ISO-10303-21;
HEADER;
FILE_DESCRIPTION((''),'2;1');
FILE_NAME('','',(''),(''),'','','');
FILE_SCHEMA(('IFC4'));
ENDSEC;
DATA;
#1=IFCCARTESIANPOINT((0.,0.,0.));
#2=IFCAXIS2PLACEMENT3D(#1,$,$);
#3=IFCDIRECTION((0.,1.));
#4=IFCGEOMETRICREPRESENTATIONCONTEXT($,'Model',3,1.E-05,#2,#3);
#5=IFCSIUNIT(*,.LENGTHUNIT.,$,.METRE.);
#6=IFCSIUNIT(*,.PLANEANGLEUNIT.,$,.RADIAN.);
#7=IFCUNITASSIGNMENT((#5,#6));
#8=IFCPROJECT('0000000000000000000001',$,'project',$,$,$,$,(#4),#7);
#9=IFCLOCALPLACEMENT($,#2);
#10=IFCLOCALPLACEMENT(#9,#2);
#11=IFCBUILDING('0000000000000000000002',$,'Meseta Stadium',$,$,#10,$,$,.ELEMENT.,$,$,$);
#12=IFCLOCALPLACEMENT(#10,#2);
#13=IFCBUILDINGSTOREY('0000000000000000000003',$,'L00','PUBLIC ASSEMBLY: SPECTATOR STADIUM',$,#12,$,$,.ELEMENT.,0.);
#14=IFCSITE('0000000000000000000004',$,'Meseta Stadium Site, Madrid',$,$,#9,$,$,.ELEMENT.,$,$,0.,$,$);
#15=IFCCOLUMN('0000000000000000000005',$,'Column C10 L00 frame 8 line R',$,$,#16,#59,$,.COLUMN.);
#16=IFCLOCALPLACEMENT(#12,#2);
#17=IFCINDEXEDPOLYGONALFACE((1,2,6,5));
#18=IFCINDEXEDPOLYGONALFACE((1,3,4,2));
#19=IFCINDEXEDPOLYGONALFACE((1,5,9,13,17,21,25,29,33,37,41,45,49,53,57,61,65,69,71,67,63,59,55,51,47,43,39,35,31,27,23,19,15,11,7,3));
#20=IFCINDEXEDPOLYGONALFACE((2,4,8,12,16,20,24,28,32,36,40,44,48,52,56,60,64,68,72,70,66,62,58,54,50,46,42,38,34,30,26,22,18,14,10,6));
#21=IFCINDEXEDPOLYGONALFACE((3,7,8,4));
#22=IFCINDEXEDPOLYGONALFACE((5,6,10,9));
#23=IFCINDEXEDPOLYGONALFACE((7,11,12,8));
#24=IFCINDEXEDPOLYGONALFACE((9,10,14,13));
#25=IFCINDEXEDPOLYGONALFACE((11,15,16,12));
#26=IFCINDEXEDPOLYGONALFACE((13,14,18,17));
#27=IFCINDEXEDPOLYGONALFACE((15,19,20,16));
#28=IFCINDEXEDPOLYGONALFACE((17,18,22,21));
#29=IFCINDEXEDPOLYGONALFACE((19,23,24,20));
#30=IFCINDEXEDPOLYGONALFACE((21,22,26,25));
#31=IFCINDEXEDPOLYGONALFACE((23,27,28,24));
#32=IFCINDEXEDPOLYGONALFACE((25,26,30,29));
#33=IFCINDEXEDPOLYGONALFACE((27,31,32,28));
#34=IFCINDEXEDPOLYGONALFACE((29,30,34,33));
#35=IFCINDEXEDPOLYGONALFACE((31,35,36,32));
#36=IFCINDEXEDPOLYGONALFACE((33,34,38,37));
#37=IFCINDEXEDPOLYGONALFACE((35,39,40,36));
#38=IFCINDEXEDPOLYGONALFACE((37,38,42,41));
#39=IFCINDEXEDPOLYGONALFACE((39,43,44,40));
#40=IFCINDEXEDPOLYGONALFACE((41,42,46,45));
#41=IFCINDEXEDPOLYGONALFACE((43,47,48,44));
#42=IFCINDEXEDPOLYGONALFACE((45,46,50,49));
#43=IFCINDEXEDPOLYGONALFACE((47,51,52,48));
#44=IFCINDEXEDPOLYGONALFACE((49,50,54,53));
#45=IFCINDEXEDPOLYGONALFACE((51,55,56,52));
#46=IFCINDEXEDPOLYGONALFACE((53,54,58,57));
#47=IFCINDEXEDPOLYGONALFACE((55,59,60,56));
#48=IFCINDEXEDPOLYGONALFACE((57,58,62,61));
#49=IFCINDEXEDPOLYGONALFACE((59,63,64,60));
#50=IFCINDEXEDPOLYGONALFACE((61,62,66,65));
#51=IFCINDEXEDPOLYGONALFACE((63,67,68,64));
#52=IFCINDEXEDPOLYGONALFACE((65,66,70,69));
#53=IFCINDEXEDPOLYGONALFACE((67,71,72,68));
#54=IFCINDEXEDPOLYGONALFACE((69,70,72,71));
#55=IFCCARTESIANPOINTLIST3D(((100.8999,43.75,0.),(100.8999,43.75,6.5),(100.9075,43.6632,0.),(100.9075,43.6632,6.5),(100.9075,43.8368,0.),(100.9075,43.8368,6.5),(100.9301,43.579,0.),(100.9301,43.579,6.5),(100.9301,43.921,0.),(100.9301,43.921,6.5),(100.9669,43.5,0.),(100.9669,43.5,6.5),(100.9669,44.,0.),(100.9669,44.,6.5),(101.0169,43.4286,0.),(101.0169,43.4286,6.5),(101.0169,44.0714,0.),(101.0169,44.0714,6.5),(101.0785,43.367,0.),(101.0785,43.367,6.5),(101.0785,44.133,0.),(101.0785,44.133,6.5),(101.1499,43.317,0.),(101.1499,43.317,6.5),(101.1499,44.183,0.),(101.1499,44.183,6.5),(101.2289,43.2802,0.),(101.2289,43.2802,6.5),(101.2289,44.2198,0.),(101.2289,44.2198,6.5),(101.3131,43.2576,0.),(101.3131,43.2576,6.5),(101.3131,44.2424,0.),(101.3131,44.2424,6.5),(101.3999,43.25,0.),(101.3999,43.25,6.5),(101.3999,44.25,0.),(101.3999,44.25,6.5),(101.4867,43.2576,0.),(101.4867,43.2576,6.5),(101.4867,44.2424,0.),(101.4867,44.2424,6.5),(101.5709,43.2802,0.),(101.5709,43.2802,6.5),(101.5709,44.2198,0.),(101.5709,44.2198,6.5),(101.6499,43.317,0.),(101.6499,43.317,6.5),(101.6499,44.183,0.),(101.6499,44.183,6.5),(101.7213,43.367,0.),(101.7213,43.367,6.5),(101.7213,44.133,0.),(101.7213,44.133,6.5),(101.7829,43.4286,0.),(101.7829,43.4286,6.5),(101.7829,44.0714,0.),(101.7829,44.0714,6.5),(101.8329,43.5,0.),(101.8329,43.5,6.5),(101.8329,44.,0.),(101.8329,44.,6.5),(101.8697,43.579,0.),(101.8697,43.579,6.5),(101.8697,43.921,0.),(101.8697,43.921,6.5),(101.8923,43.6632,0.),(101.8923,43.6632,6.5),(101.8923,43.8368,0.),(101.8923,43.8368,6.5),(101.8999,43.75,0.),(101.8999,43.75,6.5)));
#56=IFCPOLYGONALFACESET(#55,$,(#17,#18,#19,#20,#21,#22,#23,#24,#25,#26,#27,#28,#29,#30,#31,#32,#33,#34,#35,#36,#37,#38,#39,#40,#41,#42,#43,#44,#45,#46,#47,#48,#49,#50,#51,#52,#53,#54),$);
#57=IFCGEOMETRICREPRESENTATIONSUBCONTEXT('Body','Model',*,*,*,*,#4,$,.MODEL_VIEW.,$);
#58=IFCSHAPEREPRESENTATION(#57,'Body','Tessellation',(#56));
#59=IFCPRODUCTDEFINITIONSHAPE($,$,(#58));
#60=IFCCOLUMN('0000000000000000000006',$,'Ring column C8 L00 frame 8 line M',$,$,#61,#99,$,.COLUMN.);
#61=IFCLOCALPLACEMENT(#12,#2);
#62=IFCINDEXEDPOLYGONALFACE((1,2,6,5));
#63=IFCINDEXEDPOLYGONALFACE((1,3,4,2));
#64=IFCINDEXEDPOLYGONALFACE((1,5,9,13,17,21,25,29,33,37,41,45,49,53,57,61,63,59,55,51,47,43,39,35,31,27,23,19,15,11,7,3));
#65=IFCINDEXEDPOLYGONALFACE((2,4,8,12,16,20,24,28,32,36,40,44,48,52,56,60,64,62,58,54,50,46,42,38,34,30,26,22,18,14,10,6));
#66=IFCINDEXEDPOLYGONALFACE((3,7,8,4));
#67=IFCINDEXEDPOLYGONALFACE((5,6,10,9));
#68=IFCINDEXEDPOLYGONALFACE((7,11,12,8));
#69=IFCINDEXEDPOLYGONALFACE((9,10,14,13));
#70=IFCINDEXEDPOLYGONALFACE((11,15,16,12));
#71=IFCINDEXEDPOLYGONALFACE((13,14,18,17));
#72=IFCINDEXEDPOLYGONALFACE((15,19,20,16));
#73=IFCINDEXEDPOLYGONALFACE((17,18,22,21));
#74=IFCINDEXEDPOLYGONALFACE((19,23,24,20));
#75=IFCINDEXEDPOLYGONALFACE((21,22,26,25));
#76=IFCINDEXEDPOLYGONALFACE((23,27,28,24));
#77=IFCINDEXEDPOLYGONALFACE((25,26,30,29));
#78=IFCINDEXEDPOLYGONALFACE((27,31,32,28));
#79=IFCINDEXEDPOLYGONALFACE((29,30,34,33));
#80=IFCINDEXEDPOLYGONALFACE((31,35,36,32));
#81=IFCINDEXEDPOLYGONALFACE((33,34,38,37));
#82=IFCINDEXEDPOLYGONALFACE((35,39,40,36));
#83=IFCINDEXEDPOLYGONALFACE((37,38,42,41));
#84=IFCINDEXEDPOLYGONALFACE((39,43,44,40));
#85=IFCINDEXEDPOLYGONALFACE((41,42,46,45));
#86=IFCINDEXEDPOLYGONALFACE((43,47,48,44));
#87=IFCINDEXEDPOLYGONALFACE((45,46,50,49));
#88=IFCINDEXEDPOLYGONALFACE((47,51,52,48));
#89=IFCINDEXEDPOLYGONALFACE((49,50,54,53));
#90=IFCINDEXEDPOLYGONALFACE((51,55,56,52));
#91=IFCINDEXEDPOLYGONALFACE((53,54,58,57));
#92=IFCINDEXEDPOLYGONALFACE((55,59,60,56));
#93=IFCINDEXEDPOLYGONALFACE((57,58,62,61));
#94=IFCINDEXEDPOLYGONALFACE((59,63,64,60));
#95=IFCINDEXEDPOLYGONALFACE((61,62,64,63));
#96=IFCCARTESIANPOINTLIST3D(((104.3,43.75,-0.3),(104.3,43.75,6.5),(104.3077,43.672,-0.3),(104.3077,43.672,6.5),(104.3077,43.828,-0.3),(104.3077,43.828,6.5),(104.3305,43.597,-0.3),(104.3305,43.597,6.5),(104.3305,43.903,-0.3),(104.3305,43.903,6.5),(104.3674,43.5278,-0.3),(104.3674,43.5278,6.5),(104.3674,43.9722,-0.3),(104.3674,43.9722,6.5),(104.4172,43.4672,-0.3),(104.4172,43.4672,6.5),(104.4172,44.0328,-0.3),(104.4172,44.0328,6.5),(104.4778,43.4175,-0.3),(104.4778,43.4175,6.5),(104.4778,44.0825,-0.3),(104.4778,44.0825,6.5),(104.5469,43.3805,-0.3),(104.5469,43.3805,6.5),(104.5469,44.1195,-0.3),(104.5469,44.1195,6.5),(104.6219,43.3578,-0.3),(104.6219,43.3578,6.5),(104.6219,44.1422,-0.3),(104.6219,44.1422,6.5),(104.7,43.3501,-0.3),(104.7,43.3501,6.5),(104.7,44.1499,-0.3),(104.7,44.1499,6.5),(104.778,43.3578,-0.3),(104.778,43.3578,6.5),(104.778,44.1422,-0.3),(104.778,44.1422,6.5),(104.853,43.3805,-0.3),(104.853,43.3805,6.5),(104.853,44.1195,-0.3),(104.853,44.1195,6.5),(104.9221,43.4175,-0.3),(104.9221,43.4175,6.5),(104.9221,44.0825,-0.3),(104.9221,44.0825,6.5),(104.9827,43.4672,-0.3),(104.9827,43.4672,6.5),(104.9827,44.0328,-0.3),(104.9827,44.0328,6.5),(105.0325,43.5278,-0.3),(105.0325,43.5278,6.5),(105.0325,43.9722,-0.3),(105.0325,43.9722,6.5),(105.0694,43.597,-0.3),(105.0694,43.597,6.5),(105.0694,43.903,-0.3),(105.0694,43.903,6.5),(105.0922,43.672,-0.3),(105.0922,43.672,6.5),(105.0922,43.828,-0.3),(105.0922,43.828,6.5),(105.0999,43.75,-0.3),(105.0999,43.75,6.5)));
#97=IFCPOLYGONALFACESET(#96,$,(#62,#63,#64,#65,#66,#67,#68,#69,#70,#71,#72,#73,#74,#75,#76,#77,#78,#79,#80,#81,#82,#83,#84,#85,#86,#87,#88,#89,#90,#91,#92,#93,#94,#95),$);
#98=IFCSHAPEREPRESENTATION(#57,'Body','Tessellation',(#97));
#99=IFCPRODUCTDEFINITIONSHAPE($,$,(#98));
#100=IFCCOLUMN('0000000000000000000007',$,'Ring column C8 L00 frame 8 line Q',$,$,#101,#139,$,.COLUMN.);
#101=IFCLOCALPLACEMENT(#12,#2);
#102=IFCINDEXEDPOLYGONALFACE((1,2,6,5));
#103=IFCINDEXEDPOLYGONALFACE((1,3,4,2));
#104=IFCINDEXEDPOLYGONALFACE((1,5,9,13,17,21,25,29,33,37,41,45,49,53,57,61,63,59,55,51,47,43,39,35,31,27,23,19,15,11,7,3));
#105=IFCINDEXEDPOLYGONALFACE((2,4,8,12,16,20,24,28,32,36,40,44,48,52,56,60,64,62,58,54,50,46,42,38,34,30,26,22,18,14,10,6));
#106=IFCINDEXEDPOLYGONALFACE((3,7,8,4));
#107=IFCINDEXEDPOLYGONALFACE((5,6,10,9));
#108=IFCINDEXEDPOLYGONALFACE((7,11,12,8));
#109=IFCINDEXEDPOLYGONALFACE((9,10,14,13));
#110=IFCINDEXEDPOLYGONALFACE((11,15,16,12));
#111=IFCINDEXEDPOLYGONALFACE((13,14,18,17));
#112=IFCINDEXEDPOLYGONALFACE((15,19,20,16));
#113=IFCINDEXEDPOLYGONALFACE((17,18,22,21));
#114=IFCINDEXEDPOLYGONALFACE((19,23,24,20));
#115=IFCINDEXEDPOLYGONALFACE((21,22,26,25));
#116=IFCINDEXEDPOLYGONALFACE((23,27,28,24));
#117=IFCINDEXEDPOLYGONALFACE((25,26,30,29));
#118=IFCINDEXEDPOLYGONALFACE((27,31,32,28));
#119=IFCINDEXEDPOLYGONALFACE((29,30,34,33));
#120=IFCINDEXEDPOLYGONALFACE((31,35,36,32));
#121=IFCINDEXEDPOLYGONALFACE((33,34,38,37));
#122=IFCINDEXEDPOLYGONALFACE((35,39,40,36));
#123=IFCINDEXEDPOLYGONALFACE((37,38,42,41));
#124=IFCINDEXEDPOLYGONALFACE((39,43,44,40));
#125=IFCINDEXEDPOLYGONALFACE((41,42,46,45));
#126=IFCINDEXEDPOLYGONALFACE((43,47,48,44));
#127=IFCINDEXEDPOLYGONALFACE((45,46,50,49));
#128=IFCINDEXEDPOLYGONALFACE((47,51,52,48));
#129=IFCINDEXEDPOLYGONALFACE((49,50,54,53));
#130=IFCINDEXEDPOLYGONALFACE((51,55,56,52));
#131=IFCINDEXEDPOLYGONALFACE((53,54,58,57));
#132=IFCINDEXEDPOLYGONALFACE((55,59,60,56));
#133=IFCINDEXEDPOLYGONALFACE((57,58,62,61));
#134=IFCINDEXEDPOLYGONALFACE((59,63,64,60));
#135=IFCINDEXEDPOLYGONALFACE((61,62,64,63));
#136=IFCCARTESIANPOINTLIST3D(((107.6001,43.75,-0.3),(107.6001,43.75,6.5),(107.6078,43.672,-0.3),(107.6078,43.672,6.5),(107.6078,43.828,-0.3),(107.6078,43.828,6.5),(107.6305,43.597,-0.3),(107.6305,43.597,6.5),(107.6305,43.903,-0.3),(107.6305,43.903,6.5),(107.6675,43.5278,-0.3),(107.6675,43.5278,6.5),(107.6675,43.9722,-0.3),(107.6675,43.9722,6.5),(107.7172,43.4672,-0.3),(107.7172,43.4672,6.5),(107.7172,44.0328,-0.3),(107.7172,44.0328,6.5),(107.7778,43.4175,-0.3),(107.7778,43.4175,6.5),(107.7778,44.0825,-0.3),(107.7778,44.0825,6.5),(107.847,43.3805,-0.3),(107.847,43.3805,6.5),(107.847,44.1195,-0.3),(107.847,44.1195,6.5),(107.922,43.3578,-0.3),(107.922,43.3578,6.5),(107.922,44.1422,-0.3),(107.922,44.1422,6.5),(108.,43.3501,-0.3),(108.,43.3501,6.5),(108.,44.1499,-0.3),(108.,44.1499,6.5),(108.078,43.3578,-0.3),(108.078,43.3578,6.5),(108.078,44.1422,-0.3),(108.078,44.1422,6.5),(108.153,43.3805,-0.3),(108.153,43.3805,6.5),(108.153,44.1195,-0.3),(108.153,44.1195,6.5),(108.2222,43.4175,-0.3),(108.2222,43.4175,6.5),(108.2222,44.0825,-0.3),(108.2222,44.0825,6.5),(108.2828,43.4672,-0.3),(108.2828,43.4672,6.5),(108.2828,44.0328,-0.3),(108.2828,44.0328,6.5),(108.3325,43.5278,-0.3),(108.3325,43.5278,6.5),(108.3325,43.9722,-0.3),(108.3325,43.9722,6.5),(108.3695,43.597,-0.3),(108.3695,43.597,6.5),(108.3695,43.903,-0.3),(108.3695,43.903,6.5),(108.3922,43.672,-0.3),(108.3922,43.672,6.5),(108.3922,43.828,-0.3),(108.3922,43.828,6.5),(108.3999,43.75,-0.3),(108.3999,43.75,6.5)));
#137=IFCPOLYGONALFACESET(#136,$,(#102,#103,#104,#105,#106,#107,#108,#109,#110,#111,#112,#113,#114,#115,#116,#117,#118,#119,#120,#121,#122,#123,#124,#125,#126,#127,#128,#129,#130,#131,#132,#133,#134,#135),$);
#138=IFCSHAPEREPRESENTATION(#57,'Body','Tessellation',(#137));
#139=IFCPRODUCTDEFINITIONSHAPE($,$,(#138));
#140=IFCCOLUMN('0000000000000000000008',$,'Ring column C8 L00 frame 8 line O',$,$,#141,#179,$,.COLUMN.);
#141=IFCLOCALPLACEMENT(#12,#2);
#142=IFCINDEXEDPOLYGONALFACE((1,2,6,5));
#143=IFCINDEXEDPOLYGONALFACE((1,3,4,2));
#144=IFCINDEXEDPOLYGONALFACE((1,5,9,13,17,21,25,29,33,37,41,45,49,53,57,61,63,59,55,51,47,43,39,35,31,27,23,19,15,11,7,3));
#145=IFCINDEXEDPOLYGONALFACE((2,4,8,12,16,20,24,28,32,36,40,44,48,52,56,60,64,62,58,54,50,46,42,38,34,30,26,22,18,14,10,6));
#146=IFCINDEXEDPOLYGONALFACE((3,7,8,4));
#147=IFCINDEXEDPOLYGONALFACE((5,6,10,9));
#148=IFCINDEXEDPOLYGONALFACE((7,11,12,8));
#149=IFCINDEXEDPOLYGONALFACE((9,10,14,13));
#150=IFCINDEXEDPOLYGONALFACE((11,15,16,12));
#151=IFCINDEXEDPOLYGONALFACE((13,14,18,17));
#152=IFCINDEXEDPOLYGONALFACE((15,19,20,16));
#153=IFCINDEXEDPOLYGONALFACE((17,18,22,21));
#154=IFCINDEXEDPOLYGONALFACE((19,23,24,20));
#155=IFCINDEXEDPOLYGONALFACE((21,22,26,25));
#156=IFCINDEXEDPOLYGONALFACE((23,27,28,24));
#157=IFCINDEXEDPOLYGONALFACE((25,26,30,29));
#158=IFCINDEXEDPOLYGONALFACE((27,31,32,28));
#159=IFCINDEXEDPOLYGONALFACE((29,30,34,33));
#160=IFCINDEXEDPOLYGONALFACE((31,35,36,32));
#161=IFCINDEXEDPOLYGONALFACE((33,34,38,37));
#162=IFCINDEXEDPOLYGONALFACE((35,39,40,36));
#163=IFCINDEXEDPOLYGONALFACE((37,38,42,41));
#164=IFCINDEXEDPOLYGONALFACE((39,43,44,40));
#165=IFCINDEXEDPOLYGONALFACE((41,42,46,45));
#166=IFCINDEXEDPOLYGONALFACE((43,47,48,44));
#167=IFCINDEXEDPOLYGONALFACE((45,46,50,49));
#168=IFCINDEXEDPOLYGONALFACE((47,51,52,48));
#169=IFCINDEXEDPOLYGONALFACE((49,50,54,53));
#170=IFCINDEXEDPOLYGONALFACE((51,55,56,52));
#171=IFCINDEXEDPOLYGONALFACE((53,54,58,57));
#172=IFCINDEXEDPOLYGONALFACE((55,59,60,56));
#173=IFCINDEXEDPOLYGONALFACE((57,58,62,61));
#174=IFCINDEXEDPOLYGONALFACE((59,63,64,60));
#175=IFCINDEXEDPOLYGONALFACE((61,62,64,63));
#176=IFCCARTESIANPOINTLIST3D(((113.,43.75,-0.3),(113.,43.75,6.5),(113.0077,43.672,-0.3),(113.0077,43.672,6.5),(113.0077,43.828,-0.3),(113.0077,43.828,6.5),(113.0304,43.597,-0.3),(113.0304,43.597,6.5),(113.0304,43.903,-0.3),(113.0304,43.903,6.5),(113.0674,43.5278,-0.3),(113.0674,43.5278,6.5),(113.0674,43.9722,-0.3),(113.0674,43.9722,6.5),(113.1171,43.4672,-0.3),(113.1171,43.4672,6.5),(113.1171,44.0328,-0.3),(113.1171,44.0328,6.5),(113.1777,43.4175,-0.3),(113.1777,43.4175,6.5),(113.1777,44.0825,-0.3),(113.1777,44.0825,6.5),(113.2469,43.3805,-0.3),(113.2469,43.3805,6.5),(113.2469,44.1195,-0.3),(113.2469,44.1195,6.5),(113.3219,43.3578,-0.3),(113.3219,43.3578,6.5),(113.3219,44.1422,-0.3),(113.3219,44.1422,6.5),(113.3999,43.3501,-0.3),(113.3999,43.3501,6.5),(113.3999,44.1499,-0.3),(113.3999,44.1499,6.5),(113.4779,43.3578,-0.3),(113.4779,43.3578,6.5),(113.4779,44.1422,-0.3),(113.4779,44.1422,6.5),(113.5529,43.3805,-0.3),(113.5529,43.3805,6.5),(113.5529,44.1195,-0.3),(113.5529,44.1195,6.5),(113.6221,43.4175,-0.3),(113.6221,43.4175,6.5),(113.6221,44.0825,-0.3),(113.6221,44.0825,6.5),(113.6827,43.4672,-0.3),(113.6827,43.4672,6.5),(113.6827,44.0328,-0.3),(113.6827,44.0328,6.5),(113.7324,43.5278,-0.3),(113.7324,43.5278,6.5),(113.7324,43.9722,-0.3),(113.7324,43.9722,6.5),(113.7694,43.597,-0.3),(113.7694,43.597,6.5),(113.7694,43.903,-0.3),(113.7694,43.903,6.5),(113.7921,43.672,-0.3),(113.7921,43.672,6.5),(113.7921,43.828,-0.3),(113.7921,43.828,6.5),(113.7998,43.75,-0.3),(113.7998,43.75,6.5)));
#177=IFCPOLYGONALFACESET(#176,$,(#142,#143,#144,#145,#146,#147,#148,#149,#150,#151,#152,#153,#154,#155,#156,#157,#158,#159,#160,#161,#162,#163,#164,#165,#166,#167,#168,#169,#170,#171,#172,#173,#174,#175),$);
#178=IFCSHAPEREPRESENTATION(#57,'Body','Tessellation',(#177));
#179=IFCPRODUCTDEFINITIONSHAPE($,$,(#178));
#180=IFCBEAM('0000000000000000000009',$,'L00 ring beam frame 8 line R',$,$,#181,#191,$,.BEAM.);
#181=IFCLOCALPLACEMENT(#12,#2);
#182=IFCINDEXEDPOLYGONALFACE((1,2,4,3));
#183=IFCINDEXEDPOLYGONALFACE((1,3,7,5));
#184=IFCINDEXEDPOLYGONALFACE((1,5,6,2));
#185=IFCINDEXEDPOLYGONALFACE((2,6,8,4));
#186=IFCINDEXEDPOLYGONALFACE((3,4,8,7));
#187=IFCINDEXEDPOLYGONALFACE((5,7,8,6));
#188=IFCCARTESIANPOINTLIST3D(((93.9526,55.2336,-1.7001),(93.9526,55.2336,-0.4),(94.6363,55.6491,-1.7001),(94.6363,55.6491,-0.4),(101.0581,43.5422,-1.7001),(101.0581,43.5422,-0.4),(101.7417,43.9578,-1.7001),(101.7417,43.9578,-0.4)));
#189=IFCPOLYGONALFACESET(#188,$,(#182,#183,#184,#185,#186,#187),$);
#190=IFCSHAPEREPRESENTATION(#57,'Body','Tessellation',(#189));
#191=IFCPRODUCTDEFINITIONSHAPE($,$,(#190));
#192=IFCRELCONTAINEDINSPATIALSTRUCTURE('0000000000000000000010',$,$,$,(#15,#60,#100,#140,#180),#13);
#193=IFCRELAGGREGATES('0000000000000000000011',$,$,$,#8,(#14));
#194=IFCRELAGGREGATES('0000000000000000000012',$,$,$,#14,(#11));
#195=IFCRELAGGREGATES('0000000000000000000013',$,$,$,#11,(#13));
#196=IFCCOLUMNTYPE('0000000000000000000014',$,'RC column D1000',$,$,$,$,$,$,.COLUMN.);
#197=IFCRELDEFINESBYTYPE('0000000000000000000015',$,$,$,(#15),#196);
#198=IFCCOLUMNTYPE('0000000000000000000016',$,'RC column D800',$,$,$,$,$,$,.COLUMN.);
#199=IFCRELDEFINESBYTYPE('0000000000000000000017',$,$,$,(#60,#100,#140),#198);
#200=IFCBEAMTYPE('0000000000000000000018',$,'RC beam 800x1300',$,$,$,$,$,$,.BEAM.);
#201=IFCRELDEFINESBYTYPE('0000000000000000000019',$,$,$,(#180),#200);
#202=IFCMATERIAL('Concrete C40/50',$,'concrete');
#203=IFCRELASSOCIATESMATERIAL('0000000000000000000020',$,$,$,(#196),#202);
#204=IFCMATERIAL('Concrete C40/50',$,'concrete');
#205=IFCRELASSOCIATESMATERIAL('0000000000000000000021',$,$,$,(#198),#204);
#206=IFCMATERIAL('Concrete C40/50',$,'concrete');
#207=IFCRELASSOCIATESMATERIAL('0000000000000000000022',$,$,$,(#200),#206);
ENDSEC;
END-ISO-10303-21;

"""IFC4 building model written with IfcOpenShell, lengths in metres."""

from ifc_helpers import new_model, si_unit, direction, frame, origin, origin_2d, place, context, subcontext, project, spatial, rectangle, circle, extrude, material, material_profile, profile_set, type_object, element, save


model = new_model("IFC4")

# Units and contexts
model_context = context("Model", 3, precision=1e-05, world=origin(), true_north=direction((0.0, 1.0)))
body_context = subcontext(model_context, "Body", "Model", "MODEL_VIEW")
ifc_project = project(units=[si_unit("LENGTHUNIT", "METRE"), si_unit("PLANEANGLEUNIT", "RADIAN")], contexts=[model_context])

# Site, building, storey
site_placement = place(None, origin())
site = spatial("IfcSite", under=ifc_project, at=site_placement, Name="Meseta Stadium Site, Madrid", CompositionType="ELEMENT", RefElevation=0.0)
building_placement = place(site_placement, origin())
building = spatial("IfcBuilding", under=site, at=building_placement, Name="Meseta Stadium", CompositionType="ELEMENT")
storey_placement = place(building_placement, origin())
storey = spatial("IfcBuildingStorey", under=building, at=storey_placement, Name="L00", Description="PUBLIC ASSEMBLY: SPECTATOR STADIUM", CompositionType="ELEMENT", Elevation=0.0)

# Columns
ifc_material_1 = material(Name="Concrete C40/50", Category="concrete")
ifc_material_profile_1 = material_profile(ifc_material_1, circle(Radius=0.5, at=origin_2d()), Name="RC D1000")
ifc_profile_set_1 = profile_set([ifc_material_profile_1], Name="Concrete C40/50")
column_type_1 = type_object("IfcColumnType", Name="RC column D1000", PredefinedType="COLUMN", material=ifc_profile_set_1)
column_placement = place(storey_placement, frame((101.3999, 43.75, 0.0), z_axis=(0.0, 0.0, 1.0), x_axis=(1.0, 0.0, 0.0)))
element("IfcColumn", 1, at=column_placement, inside=storey, type_object=column_type_1, Name="Column C10 L00 frame 8 line R", PredefinedType="COLUMN", context=body_context, shape_type="SweptSolid", body=[
    extrude(circle(Radius=0.5, at=origin_2d()), origin(), (0.0, 0.0, 1.0), 6.5),
])
ifc_material_2 = material(Name="Concrete C40/50", Category="concrete")
ifc_material_profile_2 = material_profile(ifc_material_2, circle(Radius=0.3999, at=origin_2d()), Name="RC D800")
ifc_profile_set_2 = profile_set([ifc_material_profile_2], Name="Concrete C40/50")
column_type_2 = type_object("IfcColumnType", Name="RC column D800", PredefinedType="COLUMN", material=ifc_profile_set_2)
for number, where, z_axis, x_axis, name in (
    (2, (104.7, 43.75, -0.3), (0.0, 0.0, 1.0), (1.0, 0.0, 0.0), "Ring column C8 L00 frame 8 line M"),
    (3, (108.0, 43.75, -0.3), (0.0, 0.0, 1.0), (1.0, 0.0, 0.0), "Ring column C8 L00 frame 8 line Q"),
    (4, (113.3999, 43.75, -0.3), (0.0, 0.0, 1.0), (1.0, 0.0, 0.0), "Ring column C8 L00 frame 8 line O"),
):
    element("IfcColumn", number, at=place(storey_placement, frame(where, z_axis=z_axis, x_axis=x_axis)), inside=storey, type_object=column_type_2, Name=name, PredefinedType="COLUMN", context=body_context, shape_type="SweptSolid", body=[
        extrude(circle(Radius=0.3999, at=origin_2d()), origin(), (0.0, 0.0, 1.0), 6.8),
    ])

# Beam
ifc_material_3 = material(Name="Concrete C40/50", Category="concrete")
ifc_material_profile_3 = material_profile(ifc_material_3, rectangle(XDim=0.8, YDim=1.3, at=origin_2d()), Name="RC 800x1300")
ifc_profile_set_3 = profile_set([ifc_material_profile_3], Name="Concrete C40/50")
beam_type = type_object("IfcBeamType", Name="RC beam 800x1300", PredefinedType="BEAM", material=ifc_profile_set_3)
beam_placement = place(storey_placement, frame((101.3999, 43.75, -1.05), z_axis=(-0.519358, 0.854557, 0.0), x_axis=(-0.854557, -0.519358, 0.0)))
element("IfcBeam", 5, at=beam_placement, inside=storey, type_object=beam_type, Name="L00 ring beam frame 8 line R", PredefinedType="BEAM", context=body_context, shape_type="SweptSolid", body=[
    extrude(rectangle(XDim=0.8, YDim=1.3, at=origin_2d()), origin(), (0.0, 0.0, 1.0), 13.6812),
])

save(model, "model.ifc")
